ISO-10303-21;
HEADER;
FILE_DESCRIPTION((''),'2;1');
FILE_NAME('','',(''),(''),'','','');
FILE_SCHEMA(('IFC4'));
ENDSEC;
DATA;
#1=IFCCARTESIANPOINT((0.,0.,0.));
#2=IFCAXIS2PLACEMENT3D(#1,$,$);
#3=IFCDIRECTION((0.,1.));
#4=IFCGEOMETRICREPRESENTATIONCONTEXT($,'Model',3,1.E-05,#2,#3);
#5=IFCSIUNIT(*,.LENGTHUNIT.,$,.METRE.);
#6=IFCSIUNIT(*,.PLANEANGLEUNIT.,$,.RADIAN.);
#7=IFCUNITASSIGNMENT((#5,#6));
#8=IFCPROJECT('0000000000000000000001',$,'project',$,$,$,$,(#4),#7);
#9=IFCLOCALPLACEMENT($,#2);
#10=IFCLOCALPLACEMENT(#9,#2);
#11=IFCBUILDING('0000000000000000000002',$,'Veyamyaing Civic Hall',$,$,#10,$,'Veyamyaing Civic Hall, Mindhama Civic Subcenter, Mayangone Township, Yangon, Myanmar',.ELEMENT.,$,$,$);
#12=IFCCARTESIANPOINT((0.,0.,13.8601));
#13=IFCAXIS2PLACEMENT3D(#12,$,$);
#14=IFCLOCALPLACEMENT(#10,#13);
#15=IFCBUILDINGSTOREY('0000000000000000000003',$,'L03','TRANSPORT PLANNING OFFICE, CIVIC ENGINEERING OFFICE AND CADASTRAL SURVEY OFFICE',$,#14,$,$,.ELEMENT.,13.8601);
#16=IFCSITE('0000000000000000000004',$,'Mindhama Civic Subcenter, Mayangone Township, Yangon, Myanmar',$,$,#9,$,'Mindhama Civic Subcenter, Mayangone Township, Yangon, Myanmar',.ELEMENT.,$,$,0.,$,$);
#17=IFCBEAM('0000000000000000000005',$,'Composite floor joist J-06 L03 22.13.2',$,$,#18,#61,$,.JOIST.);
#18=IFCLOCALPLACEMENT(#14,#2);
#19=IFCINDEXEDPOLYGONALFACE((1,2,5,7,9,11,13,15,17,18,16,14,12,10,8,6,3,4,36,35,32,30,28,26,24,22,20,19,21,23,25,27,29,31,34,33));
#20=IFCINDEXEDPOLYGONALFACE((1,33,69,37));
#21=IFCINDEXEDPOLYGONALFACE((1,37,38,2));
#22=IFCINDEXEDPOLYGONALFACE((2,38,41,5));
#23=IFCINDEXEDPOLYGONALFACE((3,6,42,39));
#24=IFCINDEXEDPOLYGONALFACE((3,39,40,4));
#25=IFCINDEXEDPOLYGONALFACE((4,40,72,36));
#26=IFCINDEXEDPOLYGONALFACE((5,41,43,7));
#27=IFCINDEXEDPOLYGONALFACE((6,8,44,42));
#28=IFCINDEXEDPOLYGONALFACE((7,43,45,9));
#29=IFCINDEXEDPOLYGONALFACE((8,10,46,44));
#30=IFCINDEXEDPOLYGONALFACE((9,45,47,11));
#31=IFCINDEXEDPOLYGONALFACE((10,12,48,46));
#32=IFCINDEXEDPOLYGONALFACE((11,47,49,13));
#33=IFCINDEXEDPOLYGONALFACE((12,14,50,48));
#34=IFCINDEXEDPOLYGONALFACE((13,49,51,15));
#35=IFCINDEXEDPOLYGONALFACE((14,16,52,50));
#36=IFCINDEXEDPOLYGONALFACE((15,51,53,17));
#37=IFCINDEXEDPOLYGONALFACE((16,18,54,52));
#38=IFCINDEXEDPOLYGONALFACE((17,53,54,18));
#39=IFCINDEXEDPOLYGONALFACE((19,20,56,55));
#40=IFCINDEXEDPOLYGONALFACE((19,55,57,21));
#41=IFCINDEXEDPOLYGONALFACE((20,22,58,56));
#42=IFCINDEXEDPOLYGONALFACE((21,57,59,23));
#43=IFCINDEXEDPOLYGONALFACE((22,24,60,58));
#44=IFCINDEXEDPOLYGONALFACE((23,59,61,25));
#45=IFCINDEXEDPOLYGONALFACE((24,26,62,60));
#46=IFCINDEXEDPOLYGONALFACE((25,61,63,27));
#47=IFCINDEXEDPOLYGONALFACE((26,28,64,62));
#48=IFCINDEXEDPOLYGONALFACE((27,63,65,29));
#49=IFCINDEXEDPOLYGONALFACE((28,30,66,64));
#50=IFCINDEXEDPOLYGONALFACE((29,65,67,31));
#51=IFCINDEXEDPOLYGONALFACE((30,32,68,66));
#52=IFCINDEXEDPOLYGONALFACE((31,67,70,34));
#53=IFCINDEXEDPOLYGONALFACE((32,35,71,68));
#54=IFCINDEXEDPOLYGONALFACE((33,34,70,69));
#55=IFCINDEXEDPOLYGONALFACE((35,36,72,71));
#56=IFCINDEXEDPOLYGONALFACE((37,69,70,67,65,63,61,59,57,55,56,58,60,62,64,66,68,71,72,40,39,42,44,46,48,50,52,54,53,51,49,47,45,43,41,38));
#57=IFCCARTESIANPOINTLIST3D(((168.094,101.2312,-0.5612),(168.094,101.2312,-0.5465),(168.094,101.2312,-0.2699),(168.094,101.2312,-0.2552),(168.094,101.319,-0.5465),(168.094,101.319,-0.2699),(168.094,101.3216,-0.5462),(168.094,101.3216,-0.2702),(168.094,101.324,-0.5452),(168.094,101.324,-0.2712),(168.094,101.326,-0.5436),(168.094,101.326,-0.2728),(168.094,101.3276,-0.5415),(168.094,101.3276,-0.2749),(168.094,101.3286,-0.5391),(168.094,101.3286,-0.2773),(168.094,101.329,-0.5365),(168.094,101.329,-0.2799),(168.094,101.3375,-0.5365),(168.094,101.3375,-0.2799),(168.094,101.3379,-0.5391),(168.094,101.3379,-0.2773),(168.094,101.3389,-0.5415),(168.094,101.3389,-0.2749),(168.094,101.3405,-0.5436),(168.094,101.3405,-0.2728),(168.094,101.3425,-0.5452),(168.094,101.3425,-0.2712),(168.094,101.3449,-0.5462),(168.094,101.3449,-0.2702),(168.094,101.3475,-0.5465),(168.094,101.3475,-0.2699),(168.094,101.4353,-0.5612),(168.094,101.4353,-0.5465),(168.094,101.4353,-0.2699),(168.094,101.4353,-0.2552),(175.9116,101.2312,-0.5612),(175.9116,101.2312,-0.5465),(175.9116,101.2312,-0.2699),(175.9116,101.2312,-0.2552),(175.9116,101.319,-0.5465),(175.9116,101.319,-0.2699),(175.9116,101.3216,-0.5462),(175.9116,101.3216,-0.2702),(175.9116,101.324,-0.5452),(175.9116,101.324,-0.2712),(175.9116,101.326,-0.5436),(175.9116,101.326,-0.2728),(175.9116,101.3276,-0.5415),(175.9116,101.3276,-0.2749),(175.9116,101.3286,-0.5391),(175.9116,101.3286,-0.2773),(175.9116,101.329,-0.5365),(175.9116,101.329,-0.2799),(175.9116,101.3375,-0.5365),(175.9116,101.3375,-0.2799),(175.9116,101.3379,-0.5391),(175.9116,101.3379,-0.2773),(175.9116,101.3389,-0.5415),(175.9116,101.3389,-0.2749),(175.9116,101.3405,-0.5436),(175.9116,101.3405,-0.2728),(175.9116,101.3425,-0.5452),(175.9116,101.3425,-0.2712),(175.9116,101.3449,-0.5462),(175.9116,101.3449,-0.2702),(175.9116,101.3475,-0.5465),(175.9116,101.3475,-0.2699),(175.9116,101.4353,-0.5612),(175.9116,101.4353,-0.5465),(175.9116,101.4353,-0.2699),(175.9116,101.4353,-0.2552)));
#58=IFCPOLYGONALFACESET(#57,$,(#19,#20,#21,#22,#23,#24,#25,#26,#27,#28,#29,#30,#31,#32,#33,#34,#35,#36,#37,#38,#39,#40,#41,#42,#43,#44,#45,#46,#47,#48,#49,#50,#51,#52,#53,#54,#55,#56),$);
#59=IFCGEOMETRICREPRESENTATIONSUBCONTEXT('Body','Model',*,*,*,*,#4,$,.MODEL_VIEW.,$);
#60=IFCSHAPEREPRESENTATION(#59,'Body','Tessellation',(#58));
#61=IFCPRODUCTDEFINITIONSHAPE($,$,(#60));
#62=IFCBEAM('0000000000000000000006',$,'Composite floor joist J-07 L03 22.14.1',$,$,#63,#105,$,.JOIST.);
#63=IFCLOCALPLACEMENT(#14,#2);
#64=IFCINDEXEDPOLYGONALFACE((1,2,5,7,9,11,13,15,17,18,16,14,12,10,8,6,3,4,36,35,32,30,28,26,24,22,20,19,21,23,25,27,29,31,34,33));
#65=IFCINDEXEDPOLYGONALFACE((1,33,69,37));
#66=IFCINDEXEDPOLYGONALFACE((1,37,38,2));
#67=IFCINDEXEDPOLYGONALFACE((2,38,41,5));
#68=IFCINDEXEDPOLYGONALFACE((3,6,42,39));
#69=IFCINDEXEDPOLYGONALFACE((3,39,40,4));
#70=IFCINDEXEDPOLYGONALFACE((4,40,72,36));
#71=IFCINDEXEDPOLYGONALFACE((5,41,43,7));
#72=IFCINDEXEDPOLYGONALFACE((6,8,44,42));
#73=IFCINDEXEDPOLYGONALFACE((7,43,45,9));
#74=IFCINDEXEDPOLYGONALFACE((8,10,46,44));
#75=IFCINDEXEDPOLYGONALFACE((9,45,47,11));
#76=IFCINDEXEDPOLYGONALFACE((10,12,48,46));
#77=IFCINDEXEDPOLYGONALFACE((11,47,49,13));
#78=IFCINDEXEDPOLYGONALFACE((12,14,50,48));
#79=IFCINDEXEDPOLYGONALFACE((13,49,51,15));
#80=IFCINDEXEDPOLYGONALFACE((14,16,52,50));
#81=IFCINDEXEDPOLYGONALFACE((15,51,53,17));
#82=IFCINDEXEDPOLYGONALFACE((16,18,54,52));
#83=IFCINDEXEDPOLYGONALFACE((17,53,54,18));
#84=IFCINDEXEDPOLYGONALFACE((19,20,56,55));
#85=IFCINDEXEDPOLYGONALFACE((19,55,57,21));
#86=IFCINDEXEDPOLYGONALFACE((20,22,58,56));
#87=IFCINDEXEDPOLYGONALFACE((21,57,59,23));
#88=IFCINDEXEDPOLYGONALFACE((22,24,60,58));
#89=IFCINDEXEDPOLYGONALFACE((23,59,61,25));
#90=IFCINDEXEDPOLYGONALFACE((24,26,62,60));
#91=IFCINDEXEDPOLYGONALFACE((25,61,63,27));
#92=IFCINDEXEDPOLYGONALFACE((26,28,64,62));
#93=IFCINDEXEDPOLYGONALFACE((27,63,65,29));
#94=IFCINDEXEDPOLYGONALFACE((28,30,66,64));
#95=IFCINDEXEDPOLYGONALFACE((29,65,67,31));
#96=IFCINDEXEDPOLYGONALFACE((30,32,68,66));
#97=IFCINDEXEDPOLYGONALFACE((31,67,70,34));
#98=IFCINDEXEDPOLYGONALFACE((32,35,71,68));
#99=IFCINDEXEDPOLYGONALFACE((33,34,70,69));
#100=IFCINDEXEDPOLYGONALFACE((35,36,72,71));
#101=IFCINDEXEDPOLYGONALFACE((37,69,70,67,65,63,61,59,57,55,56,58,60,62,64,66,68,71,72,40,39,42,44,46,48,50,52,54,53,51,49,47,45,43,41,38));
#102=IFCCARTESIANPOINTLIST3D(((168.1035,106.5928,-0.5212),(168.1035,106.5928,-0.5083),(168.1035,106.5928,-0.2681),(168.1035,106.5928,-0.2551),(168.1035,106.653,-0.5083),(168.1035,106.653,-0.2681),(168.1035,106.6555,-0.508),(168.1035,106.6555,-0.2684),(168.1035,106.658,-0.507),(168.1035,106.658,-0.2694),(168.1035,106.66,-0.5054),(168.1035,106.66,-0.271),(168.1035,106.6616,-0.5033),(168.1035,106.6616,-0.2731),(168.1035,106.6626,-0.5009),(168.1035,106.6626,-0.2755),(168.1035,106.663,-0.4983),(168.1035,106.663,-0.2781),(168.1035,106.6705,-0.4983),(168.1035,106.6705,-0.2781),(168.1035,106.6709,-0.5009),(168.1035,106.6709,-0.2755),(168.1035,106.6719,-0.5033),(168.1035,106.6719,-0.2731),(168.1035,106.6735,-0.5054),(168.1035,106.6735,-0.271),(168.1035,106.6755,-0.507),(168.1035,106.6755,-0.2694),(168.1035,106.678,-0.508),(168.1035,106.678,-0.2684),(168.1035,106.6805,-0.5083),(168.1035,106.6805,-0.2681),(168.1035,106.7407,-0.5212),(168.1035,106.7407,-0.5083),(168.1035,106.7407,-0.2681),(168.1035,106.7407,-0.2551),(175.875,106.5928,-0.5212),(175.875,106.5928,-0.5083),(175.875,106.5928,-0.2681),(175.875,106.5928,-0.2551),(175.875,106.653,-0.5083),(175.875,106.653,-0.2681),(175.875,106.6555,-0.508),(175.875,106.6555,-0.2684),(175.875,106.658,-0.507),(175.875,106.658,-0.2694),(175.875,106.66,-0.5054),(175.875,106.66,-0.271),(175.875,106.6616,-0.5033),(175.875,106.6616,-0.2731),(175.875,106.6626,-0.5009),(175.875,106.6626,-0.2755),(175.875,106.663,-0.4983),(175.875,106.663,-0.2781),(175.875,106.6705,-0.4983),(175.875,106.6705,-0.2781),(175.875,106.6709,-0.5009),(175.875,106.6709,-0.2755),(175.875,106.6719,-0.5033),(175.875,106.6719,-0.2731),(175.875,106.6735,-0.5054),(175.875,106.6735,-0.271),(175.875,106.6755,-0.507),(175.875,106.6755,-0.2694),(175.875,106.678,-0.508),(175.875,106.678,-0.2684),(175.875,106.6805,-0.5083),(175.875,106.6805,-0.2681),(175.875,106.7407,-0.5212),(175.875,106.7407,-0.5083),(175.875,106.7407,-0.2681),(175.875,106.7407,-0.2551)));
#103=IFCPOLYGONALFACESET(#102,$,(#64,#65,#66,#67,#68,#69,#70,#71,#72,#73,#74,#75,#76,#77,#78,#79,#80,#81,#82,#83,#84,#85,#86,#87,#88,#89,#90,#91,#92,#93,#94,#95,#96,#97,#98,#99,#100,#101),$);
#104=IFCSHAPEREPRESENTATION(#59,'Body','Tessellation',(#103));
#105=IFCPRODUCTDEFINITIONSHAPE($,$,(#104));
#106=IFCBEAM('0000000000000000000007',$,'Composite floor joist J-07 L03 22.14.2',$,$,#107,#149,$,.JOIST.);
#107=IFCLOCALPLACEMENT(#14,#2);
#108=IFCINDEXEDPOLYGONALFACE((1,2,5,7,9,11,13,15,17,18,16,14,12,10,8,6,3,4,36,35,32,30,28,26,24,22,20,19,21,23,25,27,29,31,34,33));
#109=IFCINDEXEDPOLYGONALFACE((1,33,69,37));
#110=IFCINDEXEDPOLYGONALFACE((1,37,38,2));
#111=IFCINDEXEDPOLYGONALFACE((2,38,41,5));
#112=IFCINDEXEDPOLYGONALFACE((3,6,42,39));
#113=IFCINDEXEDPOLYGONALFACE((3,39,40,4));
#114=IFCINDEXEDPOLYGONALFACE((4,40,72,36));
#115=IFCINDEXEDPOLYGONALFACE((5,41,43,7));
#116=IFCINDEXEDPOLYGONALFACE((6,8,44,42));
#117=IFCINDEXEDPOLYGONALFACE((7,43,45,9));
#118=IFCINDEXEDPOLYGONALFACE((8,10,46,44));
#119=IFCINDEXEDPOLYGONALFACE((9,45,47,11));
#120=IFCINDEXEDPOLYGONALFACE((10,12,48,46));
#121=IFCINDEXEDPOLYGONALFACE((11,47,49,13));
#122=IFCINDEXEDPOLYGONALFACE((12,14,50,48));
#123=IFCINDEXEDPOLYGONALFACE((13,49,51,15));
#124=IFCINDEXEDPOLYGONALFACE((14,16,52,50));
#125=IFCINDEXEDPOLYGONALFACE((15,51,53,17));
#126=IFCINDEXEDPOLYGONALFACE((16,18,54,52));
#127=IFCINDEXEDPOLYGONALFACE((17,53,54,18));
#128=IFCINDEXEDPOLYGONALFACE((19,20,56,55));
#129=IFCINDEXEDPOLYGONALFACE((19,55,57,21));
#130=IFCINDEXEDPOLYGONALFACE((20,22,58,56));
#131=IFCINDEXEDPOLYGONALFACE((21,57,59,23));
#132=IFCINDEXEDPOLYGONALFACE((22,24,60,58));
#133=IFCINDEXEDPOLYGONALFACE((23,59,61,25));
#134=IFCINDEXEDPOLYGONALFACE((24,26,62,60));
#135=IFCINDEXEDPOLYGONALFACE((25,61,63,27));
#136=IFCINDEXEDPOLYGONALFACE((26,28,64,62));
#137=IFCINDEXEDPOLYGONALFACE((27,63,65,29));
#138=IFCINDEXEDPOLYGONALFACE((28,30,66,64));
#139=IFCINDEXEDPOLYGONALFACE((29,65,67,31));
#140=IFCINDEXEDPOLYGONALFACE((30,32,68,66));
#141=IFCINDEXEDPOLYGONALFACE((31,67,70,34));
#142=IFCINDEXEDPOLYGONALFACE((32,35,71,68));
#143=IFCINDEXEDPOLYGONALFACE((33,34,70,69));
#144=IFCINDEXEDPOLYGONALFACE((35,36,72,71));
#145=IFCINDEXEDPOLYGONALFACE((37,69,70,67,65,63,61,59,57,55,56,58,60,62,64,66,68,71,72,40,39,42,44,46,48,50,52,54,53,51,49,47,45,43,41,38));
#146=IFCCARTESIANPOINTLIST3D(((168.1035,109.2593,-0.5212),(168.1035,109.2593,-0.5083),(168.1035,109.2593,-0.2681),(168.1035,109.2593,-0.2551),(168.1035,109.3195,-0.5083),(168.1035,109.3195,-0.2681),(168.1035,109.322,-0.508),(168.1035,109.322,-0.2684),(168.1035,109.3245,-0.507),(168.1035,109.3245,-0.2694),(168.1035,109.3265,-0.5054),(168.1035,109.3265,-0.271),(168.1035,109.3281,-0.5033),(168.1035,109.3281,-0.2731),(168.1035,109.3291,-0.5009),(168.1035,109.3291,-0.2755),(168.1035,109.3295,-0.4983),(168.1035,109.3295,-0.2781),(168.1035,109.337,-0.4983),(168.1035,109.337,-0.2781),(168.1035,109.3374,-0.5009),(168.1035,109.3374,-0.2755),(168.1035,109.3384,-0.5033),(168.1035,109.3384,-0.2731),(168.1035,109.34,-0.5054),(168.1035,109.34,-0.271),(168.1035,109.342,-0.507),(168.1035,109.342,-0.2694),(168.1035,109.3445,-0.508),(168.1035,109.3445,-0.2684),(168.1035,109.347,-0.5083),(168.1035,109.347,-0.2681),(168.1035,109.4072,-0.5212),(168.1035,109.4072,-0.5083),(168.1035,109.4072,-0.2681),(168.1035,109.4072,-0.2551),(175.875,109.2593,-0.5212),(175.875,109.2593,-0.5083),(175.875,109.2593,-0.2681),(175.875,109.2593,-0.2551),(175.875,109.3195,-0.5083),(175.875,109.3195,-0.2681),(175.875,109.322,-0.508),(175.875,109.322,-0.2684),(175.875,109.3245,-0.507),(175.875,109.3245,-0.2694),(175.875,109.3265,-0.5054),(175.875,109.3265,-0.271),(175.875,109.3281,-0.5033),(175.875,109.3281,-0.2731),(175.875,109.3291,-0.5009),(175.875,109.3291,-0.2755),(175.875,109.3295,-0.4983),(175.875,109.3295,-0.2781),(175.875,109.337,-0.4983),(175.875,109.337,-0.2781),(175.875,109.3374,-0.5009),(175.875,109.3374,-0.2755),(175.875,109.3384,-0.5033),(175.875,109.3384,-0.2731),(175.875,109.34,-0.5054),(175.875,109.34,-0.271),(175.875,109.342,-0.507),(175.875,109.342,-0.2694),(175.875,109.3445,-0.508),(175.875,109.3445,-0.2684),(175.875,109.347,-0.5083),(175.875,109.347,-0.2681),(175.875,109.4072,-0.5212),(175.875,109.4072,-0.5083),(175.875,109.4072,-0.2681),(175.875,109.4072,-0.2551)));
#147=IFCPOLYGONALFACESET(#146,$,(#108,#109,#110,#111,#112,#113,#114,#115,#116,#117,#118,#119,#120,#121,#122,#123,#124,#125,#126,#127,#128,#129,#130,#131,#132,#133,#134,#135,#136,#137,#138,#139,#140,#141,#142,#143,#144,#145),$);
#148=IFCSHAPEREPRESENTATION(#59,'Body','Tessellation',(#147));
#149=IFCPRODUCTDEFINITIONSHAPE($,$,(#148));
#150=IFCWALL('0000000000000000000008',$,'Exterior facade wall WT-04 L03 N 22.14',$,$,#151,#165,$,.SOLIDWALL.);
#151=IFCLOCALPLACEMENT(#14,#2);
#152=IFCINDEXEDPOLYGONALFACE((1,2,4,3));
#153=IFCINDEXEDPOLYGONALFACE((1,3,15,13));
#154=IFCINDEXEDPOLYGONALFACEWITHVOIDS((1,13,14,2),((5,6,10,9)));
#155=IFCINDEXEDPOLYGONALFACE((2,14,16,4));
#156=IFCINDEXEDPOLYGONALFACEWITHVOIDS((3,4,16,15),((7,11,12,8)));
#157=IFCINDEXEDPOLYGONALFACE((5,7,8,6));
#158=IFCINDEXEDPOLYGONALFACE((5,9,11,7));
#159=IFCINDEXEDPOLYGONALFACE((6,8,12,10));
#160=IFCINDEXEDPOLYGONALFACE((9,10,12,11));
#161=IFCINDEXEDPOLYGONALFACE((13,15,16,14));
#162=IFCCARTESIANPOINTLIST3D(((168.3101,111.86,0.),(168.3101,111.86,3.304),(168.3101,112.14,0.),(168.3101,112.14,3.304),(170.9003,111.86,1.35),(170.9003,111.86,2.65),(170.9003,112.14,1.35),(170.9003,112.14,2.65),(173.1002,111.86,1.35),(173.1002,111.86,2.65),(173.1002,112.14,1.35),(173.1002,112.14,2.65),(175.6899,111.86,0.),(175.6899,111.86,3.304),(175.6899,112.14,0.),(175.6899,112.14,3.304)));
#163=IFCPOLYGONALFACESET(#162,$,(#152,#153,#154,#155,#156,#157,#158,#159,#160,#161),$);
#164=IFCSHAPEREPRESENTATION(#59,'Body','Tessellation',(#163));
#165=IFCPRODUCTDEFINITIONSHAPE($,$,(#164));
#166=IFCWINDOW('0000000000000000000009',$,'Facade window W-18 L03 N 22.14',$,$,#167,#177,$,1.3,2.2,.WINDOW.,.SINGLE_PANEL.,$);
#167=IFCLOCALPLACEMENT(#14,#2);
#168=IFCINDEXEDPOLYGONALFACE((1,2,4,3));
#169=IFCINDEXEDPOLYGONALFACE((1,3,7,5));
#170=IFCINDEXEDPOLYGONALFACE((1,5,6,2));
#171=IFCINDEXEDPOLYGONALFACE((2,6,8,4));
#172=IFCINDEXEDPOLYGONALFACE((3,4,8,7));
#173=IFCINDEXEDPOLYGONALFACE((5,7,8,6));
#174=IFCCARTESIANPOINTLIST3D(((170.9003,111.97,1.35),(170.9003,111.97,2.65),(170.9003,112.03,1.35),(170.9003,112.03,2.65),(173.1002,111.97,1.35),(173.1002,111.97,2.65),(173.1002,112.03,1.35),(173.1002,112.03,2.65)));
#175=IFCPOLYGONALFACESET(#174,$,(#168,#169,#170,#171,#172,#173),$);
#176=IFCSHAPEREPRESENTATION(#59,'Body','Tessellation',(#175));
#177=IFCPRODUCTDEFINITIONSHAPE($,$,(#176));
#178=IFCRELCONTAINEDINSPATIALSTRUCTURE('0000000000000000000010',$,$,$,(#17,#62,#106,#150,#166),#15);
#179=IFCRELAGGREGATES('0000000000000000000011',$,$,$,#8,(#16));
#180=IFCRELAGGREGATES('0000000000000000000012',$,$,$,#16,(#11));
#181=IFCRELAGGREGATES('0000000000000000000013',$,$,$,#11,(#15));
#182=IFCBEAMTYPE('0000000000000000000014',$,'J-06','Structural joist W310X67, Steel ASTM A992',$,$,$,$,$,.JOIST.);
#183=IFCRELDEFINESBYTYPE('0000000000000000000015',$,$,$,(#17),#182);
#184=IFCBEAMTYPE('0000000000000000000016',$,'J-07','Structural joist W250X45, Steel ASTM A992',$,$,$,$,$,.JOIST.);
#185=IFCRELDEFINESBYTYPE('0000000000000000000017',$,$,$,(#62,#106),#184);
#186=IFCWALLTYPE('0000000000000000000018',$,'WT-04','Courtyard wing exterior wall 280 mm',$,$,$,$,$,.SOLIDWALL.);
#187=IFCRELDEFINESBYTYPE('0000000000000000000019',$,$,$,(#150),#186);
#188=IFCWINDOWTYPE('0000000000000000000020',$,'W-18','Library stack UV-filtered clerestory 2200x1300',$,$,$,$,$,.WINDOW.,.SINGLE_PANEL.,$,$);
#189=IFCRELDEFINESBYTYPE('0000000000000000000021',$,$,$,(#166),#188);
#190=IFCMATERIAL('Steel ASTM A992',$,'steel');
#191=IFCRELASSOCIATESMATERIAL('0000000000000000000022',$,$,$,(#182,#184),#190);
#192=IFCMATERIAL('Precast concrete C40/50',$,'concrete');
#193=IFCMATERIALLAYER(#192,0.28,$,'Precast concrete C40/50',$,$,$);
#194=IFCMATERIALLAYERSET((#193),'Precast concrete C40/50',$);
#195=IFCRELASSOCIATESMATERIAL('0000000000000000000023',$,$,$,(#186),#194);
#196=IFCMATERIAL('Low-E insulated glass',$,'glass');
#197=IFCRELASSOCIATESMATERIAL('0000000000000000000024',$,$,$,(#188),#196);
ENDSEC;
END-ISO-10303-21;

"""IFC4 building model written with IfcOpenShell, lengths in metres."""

from ifc_helpers import new_model, si_unit, direction, frame, frame_2d, origin, origin_2d, place, context, subcontext, project, spatial, rectangle, i_section, extrude, material, layer, layer_set, material_profile, profile_set, type_object, element, fill, save


model = new_model("IFC4")

# Units and contexts
model_context = context("Model", 3, precision=1e-05, world=origin(), true_north=direction((0.0, 1.0)))
body_context = subcontext(model_context, "Body", "Model", "MODEL_VIEW")
ifc_project = project(units=[si_unit("LENGTHUNIT", "METRE"), si_unit("PLANEANGLEUNIT", "RADIAN")], contexts=[model_context])

# Site, building, storey
site_placement = place(None, origin())
site = spatial("IfcSite", under=ifc_project, at=site_placement, Name="Mindhama Civic Subcenter, Mayangone Township, Yangon, Myanmar", LongName="Mindhama Civic Subcenter, Mayangone Township, Yangon, Myanmar", CompositionType="ELEMENT", RefElevation=0.0)
building_placement = place(site_placement, origin())
building = spatial("IfcBuilding", under=site, at=building_placement, Name="Veyamyaing Civic Hall", LongName="Veyamyaing Civic Hall, Mindhama Civic Subcenter, Mayangone Township, Yangon, Myanmar", CompositionType="ELEMENT")
storey_placement = place(building_placement, frame((0.0, 0.0, 13.8601)))
storey = spatial("IfcBuildingStorey", under=building, at=storey_placement, Name="L03", Description="TRANSPORT PLANNING OFFICE, CIVIC ENGINEERING OFFICE AND CADASTRAL SURVEY OFFICE", CompositionType="ELEMENT", Elevation=13.8601)

# Beams
ifc_material_1 = material(Name="Steel ASTM A992", Category="steel")
ifc_material_profile_1 = material_profile(ifc_material_1, i_section(OverallWidth=0.2041, OverallDepth=0.3059, WebThickness=0.0085, FlangeThickness=0.0146, FilletRadius=0.01, at=origin_2d()), Name="W310X67")
ifc_profile_set_1 = profile_set([ifc_material_profile_1], Name="Steel ASTM A992")
beam_type_1 = type_object("IfcBeamType", Name="J-06", Description="Structural joist W310X67, Steel ASTM A992", PredefinedType="JOIST", material=ifc_profile_set_1)
beam_1_placement = place(storey_placement, frame((168.094, 101.3333, -0.4082), z_axis=(1.0, 0.0, 0.0), x_axis=(0.0, 1.0, 0.0)))
element("IfcBeam", 1, at=beam_1_placement, inside=storey, type_object=beam_type_1, Name="Composite floor joist J-06 L03 22.13.2", PredefinedType="JOIST", context=body_context, shape_type="SweptSolid", body=[
    extrude(i_section(OverallWidth=0.2041, OverallDepth=0.3059, WebThickness=0.0085, FlangeThickness=0.0146, FilletRadius=0.01, at=origin_2d()), origin(), (0.0, 0.0, 1.0), 7.8176),
])
ifc_material_profile_2 = material_profile(ifc_material_1, i_section(OverallWidth=0.1479, OverallDepth=0.2661, WebThickness=0.0076, FlangeThickness=0.0129, FilletRadius=0.01, at=origin_2d()), Name="W250X45")
ifc_profile_set_2 = profile_set([ifc_material_profile_2], Name="Steel ASTM A992")
beam_type_2 = type_object("IfcBeamType", Name="J-07", Description="Structural joist W250X45, Steel ASTM A992", PredefinedType="JOIST", material=ifc_profile_set_2)
for number, where, z_axis, x_axis, name in (
    (2, (168.1035, 106.6667, -0.3882), (1.0, 0.0, 0.0), (0.0, 1.0, 0.0), "Composite floor joist J-07 L03 22.14.1"),
    (3, (168.1035, 109.3333, -0.3882), (1.0, 0.0, 0.0), (0.0, 1.0, 0.0), "Composite floor joist J-07 L03 22.14.2"),
):
    element("IfcBeam", number, at=place(storey_placement, frame(where, z_axis=z_axis, x_axis=x_axis)), inside=storey, type_object=beam_type_2, Name=name, PredefinedType="JOIST", context=body_context, shape_type="SweptSolid", body=[
        extrude(i_section(OverallWidth=0.1479, OverallDepth=0.2661, WebThickness=0.0076, FlangeThickness=0.0129, FilletRadius=0.01, at=origin_2d()), origin(), (0.0, 0.0, 1.0), 7.7715),
    ])

# Wall, opening, window
ifc_material_2 = material(Name="Precast concrete C40/50", Category="concrete")
ifc_layer_1 = layer(ifc_material_2, 0.28, Name="Precast concrete C40/50")
ifc_layer_set_1 = layer_set([ifc_layer_1], Name="Precast concrete C40/50")
wall_type_1 = type_object("IfcWallType", Name="WT-04", Description="Courtyard wing exterior wall 280 mm", PredefinedType="SOLIDWALL", material=ifc_layer_set_1)
wall_1_placement = place(storey_placement, frame((168.3101, 112.0, 0.0), z_axis=(0.0, 0.0, 1.0), x_axis=(1.0, 0.0, 0.0)))
wall_1 = element("IfcWall", 4, at=wall_1_placement, inside=storey, type_object=wall_type_1, Name="Exterior facade wall WT-04 L03 N 22.14", PredefinedType="SOLIDWALL", context=body_context, shape_type="SweptSolid", body=[
    extrude(rectangle(XDim=7.3799, YDim=0.28, at=frame_2d((3.6899, 0.0))), origin(), (0.0, 0.0, 1.0), 3.304),
])
opening_1_placement = place(wall_1_placement, frame((2.5901, 0.0, 1.3501)))
opening_1 = element("IfcOpeningElement", 5, at=opening_1_placement, cuts=wall_1, PredefinedType="OPENING", context=body_context, shape_type="SweptSolid", body=[
    extrude(rectangle(XDim=2.2, YDim=1.3, at=frame_2d((1.1001, 0.6499))), frame((0.0, 0.1499, 0.0), z_axis=(0.0, -1.0, 0.0), x_axis=(1.0, 0.0, 0.0)), (0.0, 0.0, 1.0), 0.3),
])
ifc_material_3 = material(Name="Low-E insulated glass", Category="glass")
window_type = type_object("IfcWindowType", Name="W-18", Description="Library stack UV-filtered clerestory 2200x1300", PartitioningType="SINGLE_PANEL", PredefinedType="WINDOW", material=ifc_material_3)
window_placement = place(opening_1_placement, origin())
window = element("IfcWindow", 6, at=window_placement, inside=storey, type_object=window_type, Name="Facade window W-18 L03 N 22.14", OverallHeight=1.3, OverallWidth=2.2, PartitioningType="SINGLE_PANEL", PredefinedType="WINDOW", context=body_context, shape_type="SweptSolid", body=[
    extrude(rectangle(XDim=2.2, YDim=1.3, at=frame_2d((1.1001, 0.6499))), frame((0.0, 0.03, 0.0), z_axis=(0.0, -1.0, 0.0), x_axis=(1.0, 0.0, 0.0)), (0.0, 0.0, 1.0), 0.0601),
])
fill(opening_1, window)

save(model, "model.ifc")
